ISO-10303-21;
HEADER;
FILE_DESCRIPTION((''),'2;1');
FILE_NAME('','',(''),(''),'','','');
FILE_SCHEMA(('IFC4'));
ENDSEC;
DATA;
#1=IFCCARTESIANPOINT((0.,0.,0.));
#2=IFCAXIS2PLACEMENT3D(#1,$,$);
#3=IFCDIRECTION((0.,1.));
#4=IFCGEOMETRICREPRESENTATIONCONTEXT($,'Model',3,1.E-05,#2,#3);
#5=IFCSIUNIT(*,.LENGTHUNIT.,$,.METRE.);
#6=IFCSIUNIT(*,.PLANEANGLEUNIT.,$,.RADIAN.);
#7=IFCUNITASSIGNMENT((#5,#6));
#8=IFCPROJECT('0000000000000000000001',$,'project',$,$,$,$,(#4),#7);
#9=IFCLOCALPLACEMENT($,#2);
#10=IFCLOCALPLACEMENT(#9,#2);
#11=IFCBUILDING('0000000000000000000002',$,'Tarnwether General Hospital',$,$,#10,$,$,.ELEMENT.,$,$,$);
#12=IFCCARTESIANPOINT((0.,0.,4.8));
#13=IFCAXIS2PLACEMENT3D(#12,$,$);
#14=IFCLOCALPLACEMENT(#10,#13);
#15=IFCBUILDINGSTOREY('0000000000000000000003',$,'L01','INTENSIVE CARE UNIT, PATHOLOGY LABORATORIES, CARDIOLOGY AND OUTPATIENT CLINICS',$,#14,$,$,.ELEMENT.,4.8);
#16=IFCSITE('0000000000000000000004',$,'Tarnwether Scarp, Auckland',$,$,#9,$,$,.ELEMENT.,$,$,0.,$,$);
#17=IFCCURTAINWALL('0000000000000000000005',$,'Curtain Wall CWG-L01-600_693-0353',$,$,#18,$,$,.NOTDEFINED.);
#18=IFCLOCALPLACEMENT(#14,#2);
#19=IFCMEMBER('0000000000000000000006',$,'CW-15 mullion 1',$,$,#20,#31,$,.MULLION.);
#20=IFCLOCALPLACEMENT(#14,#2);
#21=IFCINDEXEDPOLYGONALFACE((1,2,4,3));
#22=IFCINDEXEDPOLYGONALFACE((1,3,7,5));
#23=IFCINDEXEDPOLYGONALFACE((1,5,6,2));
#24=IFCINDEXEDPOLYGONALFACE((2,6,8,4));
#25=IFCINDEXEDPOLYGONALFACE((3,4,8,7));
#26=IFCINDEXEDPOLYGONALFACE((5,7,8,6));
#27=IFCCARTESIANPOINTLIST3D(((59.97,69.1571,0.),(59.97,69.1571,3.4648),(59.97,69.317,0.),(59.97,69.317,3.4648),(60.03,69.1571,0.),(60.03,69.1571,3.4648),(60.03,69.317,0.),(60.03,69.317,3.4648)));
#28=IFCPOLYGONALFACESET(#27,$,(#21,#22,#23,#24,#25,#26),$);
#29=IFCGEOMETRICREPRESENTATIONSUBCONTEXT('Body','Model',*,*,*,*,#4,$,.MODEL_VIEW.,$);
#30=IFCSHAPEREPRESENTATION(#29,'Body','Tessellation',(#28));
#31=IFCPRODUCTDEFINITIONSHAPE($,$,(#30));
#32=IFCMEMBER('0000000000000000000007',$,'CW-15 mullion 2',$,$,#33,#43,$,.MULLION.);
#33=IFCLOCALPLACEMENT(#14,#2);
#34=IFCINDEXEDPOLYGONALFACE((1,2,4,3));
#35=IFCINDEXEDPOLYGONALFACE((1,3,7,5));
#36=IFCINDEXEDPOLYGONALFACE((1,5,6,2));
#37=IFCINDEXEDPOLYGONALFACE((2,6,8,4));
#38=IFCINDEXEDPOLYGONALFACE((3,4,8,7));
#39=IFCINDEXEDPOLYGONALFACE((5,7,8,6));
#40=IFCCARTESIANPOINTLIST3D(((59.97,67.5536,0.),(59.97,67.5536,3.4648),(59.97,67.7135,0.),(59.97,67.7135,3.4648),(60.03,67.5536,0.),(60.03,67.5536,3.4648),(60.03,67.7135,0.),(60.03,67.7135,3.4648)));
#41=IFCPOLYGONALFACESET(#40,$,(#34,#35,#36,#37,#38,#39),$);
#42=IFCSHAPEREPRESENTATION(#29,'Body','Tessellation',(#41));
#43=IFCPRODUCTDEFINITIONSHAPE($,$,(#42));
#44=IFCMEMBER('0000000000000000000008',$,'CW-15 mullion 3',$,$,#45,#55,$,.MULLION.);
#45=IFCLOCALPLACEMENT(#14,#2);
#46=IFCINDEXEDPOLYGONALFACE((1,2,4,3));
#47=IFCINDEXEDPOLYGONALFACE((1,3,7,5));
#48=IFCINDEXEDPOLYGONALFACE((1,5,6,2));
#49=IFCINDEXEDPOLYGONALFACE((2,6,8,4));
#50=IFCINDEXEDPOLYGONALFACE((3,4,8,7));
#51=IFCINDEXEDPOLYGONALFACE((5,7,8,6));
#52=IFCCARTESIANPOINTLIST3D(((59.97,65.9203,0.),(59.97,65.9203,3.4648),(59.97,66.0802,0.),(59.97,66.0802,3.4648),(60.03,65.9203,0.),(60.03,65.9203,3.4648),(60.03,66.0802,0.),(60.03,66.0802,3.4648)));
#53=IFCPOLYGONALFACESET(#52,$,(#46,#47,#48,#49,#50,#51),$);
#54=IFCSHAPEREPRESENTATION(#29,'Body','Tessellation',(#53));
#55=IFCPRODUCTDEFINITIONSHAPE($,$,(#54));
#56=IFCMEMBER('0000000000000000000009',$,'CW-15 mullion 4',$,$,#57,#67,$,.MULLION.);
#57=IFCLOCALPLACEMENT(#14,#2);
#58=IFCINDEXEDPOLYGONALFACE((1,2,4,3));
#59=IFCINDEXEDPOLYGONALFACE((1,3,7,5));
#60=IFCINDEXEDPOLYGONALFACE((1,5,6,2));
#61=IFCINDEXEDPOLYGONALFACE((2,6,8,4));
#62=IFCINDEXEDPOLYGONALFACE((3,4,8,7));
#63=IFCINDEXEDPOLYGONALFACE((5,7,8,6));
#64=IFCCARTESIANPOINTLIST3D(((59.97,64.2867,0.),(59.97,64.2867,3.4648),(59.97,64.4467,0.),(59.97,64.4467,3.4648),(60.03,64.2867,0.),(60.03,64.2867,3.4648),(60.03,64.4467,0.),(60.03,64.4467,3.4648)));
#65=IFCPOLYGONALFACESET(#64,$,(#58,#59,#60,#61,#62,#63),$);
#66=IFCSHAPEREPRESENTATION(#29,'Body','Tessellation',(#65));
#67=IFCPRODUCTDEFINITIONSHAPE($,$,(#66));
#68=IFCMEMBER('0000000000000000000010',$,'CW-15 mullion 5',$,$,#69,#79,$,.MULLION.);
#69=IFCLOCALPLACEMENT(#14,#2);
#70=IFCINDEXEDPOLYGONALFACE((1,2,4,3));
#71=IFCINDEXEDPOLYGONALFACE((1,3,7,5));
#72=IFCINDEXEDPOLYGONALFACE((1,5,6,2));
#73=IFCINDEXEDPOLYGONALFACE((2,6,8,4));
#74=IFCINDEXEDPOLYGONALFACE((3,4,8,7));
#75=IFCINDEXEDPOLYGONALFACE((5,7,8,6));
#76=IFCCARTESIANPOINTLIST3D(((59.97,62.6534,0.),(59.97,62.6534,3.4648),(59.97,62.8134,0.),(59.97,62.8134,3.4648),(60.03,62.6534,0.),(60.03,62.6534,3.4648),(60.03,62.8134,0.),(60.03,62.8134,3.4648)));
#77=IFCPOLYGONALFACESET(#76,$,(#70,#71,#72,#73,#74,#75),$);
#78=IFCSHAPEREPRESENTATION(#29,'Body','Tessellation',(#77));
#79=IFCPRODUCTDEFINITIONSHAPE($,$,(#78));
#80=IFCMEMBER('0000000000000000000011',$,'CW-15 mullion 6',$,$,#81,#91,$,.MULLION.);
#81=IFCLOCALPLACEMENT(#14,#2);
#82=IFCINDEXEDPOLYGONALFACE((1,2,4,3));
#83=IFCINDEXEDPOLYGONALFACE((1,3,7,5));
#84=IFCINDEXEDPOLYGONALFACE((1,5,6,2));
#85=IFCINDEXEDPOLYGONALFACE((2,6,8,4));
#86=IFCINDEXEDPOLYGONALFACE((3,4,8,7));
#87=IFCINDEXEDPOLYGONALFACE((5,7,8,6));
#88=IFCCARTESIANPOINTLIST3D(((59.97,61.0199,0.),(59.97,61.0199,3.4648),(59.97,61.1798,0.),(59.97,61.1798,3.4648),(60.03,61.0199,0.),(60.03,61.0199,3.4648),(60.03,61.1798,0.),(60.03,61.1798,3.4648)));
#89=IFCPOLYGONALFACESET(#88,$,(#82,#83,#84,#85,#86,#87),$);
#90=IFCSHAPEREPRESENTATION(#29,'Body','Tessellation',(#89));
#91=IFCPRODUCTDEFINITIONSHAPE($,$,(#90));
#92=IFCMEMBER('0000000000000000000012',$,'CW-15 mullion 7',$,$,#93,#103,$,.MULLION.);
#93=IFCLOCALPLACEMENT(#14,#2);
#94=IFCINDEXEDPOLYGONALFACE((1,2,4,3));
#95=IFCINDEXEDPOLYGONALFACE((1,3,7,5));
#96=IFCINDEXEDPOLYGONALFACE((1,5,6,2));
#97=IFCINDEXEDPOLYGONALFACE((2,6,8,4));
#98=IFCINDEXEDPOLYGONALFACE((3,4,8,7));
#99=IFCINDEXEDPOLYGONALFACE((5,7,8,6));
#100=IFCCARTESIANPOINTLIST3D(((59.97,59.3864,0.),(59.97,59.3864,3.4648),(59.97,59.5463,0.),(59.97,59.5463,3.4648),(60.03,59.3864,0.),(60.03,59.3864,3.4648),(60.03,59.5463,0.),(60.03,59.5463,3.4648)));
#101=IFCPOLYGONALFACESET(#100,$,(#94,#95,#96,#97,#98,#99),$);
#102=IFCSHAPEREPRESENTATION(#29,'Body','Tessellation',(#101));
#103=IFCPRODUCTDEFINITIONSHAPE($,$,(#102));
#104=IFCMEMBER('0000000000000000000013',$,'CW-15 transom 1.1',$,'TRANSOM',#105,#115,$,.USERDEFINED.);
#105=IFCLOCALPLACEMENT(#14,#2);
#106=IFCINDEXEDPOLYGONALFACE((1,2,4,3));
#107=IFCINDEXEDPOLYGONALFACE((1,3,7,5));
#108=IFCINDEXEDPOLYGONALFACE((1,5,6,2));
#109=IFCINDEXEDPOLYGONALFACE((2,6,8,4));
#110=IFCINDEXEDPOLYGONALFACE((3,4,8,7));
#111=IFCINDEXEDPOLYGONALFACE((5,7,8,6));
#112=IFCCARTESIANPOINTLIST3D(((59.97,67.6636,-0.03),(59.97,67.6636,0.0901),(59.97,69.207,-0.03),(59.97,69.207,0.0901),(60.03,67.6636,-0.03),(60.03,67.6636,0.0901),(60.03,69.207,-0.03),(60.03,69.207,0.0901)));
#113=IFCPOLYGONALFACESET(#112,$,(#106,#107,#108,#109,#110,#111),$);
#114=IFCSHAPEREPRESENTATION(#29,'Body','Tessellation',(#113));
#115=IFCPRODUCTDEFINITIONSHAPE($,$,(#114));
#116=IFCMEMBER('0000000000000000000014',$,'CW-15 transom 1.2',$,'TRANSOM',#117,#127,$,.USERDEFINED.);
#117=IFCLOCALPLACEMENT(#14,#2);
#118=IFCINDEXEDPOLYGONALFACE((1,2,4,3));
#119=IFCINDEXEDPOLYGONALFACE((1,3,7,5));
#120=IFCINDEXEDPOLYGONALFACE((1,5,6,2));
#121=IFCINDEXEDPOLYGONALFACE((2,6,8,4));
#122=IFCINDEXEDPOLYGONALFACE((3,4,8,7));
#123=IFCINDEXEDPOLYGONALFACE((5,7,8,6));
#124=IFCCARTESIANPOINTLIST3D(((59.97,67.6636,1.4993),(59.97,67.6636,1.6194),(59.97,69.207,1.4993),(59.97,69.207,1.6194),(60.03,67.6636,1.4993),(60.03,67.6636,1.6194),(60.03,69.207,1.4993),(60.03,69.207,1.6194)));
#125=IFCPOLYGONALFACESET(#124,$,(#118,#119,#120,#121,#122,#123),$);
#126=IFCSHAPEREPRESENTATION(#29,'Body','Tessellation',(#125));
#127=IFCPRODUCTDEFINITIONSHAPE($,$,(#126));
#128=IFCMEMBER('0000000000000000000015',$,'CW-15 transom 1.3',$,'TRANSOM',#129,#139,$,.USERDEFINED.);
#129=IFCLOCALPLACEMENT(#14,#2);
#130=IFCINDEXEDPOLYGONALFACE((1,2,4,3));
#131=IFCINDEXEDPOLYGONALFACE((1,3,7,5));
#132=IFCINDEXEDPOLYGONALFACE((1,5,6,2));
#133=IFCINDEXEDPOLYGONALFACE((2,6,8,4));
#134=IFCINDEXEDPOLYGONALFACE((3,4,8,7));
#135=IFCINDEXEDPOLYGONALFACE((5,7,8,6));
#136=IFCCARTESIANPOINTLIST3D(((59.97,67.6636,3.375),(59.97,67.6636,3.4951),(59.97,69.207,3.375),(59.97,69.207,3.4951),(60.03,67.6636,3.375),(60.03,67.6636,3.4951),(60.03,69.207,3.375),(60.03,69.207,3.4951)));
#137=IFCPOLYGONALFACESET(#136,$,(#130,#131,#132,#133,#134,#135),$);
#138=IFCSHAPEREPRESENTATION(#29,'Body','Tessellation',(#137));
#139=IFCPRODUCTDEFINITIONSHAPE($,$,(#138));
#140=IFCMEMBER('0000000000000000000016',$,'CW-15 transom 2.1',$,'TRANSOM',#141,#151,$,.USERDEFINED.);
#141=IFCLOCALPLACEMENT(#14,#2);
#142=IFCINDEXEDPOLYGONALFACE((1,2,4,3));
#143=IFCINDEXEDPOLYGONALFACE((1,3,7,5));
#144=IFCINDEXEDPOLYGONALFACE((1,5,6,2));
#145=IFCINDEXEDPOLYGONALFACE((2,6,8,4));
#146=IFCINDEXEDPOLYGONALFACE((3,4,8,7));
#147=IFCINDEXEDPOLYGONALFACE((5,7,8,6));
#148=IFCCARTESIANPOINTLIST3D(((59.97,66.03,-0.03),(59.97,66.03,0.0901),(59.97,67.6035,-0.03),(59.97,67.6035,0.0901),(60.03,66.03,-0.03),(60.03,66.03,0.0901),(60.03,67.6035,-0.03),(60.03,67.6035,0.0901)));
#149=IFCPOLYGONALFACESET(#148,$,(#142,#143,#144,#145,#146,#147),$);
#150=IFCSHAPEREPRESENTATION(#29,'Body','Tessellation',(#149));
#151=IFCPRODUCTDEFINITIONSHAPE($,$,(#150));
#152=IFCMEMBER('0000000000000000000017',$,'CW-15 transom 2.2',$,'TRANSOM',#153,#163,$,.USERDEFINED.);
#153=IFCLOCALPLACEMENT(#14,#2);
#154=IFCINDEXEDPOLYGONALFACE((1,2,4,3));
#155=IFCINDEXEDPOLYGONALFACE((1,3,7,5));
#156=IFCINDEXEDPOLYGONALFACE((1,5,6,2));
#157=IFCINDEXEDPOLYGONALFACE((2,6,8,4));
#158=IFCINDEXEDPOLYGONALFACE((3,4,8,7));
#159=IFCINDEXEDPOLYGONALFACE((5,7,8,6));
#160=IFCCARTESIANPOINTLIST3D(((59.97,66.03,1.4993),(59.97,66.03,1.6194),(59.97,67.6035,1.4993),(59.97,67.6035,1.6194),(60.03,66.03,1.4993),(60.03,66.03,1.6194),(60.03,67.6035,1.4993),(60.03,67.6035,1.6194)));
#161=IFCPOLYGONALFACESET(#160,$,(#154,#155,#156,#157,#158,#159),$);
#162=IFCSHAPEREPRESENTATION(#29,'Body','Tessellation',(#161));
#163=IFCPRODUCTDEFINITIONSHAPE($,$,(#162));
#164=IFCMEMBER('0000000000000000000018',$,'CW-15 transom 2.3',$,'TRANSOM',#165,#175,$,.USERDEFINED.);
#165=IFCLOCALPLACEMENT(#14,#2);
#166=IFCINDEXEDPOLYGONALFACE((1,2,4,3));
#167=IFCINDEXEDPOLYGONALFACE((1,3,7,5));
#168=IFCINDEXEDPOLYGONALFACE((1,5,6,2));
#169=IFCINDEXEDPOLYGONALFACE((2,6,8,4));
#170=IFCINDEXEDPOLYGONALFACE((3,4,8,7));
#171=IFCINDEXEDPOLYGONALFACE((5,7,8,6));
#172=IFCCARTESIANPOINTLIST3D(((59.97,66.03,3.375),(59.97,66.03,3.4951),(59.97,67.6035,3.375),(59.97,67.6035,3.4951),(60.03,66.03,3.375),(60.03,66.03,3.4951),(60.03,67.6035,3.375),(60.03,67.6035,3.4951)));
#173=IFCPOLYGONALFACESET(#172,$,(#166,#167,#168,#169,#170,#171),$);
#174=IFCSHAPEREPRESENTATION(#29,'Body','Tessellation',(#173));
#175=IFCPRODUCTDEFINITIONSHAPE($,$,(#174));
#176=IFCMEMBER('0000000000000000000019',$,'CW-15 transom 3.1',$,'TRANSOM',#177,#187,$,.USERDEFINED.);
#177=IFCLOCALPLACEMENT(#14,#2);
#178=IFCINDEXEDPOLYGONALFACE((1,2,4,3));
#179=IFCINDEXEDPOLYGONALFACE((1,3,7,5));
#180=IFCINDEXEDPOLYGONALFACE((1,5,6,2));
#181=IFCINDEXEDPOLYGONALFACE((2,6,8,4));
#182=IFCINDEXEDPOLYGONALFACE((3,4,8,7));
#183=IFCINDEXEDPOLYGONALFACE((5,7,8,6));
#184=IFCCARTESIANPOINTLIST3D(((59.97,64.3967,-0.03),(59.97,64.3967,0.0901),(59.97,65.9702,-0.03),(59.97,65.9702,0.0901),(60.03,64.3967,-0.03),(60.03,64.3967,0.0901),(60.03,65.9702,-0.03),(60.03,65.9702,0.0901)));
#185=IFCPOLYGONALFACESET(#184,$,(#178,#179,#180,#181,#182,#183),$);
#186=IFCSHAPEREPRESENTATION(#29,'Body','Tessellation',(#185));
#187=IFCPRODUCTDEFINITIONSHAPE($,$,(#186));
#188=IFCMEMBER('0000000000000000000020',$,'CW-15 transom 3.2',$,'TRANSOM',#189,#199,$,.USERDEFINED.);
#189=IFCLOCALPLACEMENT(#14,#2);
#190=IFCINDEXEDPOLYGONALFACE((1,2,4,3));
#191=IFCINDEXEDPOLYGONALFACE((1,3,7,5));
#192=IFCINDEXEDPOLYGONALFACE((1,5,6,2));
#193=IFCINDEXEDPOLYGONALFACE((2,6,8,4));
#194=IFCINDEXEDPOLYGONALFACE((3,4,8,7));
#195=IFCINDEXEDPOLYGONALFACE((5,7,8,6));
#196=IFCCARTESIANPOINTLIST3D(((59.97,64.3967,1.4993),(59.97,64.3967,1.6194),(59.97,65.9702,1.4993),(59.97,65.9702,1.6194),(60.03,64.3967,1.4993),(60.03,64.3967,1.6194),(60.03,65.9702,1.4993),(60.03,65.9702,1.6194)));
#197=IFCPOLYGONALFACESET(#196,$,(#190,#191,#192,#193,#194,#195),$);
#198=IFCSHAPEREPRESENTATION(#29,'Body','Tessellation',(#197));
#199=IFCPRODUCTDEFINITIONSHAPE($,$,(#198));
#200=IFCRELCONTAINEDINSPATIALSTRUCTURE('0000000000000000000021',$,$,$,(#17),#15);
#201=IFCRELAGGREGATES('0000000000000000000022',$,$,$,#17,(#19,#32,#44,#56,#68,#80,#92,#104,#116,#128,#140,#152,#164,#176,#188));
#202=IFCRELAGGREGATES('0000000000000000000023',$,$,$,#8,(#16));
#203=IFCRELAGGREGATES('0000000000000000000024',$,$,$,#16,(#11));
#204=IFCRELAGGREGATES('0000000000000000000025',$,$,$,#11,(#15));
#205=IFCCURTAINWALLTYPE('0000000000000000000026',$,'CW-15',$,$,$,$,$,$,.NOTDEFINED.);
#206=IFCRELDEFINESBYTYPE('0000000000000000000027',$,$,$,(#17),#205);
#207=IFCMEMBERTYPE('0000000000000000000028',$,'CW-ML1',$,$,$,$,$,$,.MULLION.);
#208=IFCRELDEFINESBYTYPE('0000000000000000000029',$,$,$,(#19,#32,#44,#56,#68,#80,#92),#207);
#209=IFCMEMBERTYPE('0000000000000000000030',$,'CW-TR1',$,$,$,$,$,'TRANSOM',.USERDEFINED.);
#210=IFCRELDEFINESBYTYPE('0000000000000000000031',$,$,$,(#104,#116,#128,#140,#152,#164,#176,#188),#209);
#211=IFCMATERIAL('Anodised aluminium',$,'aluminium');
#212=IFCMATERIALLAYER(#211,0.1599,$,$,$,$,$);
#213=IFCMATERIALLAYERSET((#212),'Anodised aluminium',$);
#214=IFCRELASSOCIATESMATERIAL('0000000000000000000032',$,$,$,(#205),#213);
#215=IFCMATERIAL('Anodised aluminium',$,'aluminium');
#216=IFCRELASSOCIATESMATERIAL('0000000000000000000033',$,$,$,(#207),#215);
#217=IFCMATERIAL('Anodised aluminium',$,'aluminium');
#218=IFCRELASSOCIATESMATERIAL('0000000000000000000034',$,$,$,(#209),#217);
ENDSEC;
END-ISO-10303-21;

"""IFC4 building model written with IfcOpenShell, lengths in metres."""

from ifc_helpers import new_model, si_unit, direction, frame, origin, origin_2d, place, context, subcontext, project, spatial, rectangle, extrude, material, layer, layer_set, material_profile, profile_set, type_object, element, aggregate, save


model = new_model("IFC4")

# Units and contexts
model_context = context("Model", 3, precision=1e-05, world=origin(), true_north=direction((0.0, 1.0)))
body_context = subcontext(model_context, "Body", "Model", "MODEL_VIEW")
ifc_project = project(units=[si_unit("LENGTHUNIT", "METRE"), si_unit("PLANEANGLEUNIT", "RADIAN")], contexts=[model_context])

# Site, building, storey
site_placement = place(None, origin())
site = spatial("IfcSite", under=ifc_project, at=site_placement, Name="Tarnwether Scarp, Auckland", CompositionType="ELEMENT", RefElevation=0.0)
building_placement = place(site_placement, origin())
building = spatial("IfcBuilding", under=site, at=building_placement, Name="Tarnwether General Hospital", CompositionType="ELEMENT")
storey_placement = place(building_placement, frame((0.0, 0.0, 4.8)))
storey = spatial("IfcBuildingStorey", under=building, at=storey_placement, Name="L01", Description="INTENSIVE CARE UNIT, PATHOLOGY LABORATORIES, CARDIOLOGY AND OUTPATIENT CLINICS", CompositionType="ELEMENT", Elevation=4.8)

# Curtain wall, members
ifc_material_1 = material(Name="Anodised aluminium", Category="aluminium")
ifc_layer_1 = layer(ifc_material_1, 0.1599)
ifc_layer_set_1 = layer_set([ifc_layer_1], Name="Anodised aluminium")
curtain_wall_type = type_object("IfcCurtainWallType", Name="CW-15", PredefinedType="NOTDEFINED", material=ifc_layer_set_1)
curtain_wall_placement = place(storey_placement, origin())
curtain_wall = element("IfcCurtainWall", 1, at=curtain_wall_placement, inside=storey, type_object=curtain_wall_type, Name="Curtain Wall CWG-L01-600_693-0353", PredefinedType="NOTDEFINED")
ifc_material_2 = material(Name="Anodised aluminium", Category="aluminium")
ifc_material_profile_1 = material_profile(ifc_material_2, rectangle(XDim=0.0601, YDim=0.1599, at=origin_2d()), Name="ALU-MUL-60x160")
ifc_profile_set_1 = profile_set([ifc_material_profile_1], Name="Anodised aluminium")
member_type_1 = type_object("IfcMemberType", Name="CW-ML1", PredefinedType="MULLION", material=ifc_profile_set_1)
member_1_placement = place(storey_placement, frame((60.0, 69.2371, 0.0), z_axis=(0.0, 0.0, 1.0), x_axis=(1.0, 0.0, 0.0)))
member_1 = element("IfcMember", 2, at=member_1_placement, type_object=member_type_1, Name="CW-15 mullion 1", PredefinedType="MULLION", context=body_context, shape_type="SweptSolid", body=[
    extrude(rectangle(XDim=0.0601, YDim=0.1599, at=origin_2d()), origin(), (0.0, 0.0, 1.0), 3.4648),
])
member_2_placement = place(storey_placement, frame((60.0, 67.6335, 0.0), z_axis=(0.0, 0.0, 1.0), x_axis=(1.0, 0.0, 0.0)))
member_2 = element("IfcMember", 3, at=member_2_placement, type_object=member_type_1, Name="CW-15 mullion 2", PredefinedType="MULLION", context=body_context, shape_type="SweptSolid", body=[
    extrude(rectangle(XDim=0.0601, YDim=0.1599, at=origin_2d()), origin(), (0.0, 0.0, 1.0), 3.4648),
])
member_3_placement = place(storey_placement, frame((60.0, 66.0002, 0.0), z_axis=(0.0, 0.0, 1.0), x_axis=(1.0, 0.0, 0.0)))
member_3 = element("IfcMember", 4, at=member_3_placement, type_object=member_type_1, Name="CW-15 mullion 3", PredefinedType="MULLION", context=body_context, shape_type="SweptSolid", body=[
    extrude(rectangle(XDim=0.0601, YDim=0.1599, at=origin_2d()), origin(), (0.0, 0.0, 1.0), 3.4648),
])
member_4_placement = place(storey_placement, frame((60.0, 64.3667, 0.0), z_axis=(0.0, 0.0, 1.0), x_axis=(1.0, 0.0, 0.0)))
member_4 = element("IfcMember", 5, at=member_4_placement, type_object=member_type_1, Name="CW-15 mullion 4", PredefinedType="MULLION", context=body_context, shape_type="SweptSolid", body=[
    extrude(rectangle(XDim=0.0601, YDim=0.1599, at=origin_2d()), origin(), (0.0, 0.0, 1.0), 3.4648),
])
member_5_placement = place(storey_placement, frame((60.0, 62.7334, 0.0), z_axis=(0.0, 0.0, 1.0), x_axis=(1.0, 0.0, 0.0)))
member_5 = element("IfcMember", 6, at=member_5_placement, type_object=member_type_1, Name="CW-15 mullion 5", PredefinedType="MULLION", context=body_context, shape_type="SweptSolid", body=[
    extrude(rectangle(XDim=0.0601, YDim=0.1599, at=origin_2d()), origin(), (0.0, 0.0, 1.0), 3.4648),
])
member_6_placement = place(storey_placement, frame((60.0, 61.0999, 0.0), z_axis=(0.0, 0.0, 1.0), x_axis=(1.0, 0.0, 0.0)))
member_6 = element("IfcMember", 7, at=member_6_placement, type_object=member_type_1, Name="CW-15 mullion 6", PredefinedType="MULLION", context=body_context, shape_type="SweptSolid", body=[
    extrude(rectangle(XDim=0.0601, YDim=0.1599, at=origin_2d()), origin(), (0.0, 0.0, 1.0), 3.4648),
])
member_7_placement = place(storey_placement, frame((60.0, 59.4663, 0.0), z_axis=(0.0, 0.0, 1.0), x_axis=(1.0, 0.0, 0.0)))
member_7 = element("IfcMember", 8, at=member_7_placement, type_object=member_type_1, Name="CW-15 mullion 7", PredefinedType="MULLION", context=body_context, shape_type="SweptSolid", body=[
    extrude(rectangle(XDim=0.0601, YDim=0.1599, at=origin_2d()), origin(), (0.0, 0.0, 1.0), 3.4648),
])
ifc_material_3 = material(Name="Anodised aluminium", Category="aluminium")
ifc_material_profile_2 = material_profile(ifc_material_3, rectangle(XDim=0.0601, YDim=0.1201, at=origin_2d()), Name="ALU-TRN-60x120")
ifc_profile_set_2 = profile_set([ifc_material_profile_2], Name="Anodised aluminium")
member_type_2 = type_object("IfcMemberType", Name="CW-TR1", ElementType="TRANSOM", PredefinedType="USERDEFINED", material=ifc_profile_set_2)
member_8_placement = place(storey_placement, frame((60.0, 69.207, 0.03), z_axis=(0.0, -1.0, 0.0), x_axis=(1.0, 0.0, 0.0)))
member_8 = element("IfcMember", 9, at=member_8_placement, type_object=member_type_2, Name="CW-15 transom 1.1", ObjectType="TRANSOM", PredefinedType="USERDEFINED", context=body_context, shape_type="SweptSolid", body=[
    extrude(rectangle(XDim=0.0601, YDim=0.1201, at=origin_2d()), origin(), (0.0, 0.0, 1.0), 1.5435),
])
member_9_placement = place(storey_placement, frame((60.0, 69.207, 1.5593), z_axis=(0.0, -1.0, 0.0), x_axis=(1.0, 0.0, 0.0)))
member_9 = element("IfcMember", 10, at=member_9_placement, type_object=member_type_2, Name="CW-15 transom 1.2", ObjectType="TRANSOM", PredefinedType="USERDEFINED", context=body_context, shape_type="SweptSolid", body=[
    extrude(rectangle(XDim=0.0601, YDim=0.1201, at=origin_2d()), origin(), (0.0, 0.0, 1.0), 1.5435),
])
member_10_placement = place(storey_placement, frame((60.0, 69.207, 3.4351), z_axis=(0.0, -1.0, 0.0), x_axis=(1.0, 0.0, 0.0)))
member_10 = element("IfcMember", 11, at=member_10_placement, type_object=member_type_2, Name="CW-15 transom 1.3", ObjectType="TRANSOM", PredefinedType="USERDEFINED", context=body_context, shape_type="SweptSolid", body=[
    extrude(rectangle(XDim=0.0601, YDim=0.1201, at=origin_2d()), origin(), (0.0, 0.0, 1.0), 1.5435),
])
member_11_placement = place(storey_placement, frame((60.0, 67.6035, 0.03), z_axis=(0.0, -1.0, 0.0), x_axis=(1.0, 0.0, 0.0)))
member_11 = element("IfcMember", 12, at=member_11_placement, type_object=member_type_2, Name="CW-15 transom 2.1", ObjectType="TRANSOM", PredefinedType="USERDEFINED", context=body_context, shape_type="SweptSolid", body=[
    extrude(rectangle(XDim=0.0601, YDim=0.1201, at=origin_2d()), origin(), (0.0, 0.0, 1.0), 1.5735),
])
member_12_placement = place(storey_placement, frame((60.0, 67.6035, 1.5593), z_axis=(0.0, -1.0, 0.0), x_axis=(1.0, 0.0, 0.0)))
member_12 = element("IfcMember", 13, at=member_12_placement, type_object=member_type_2, Name="CW-15 transom 2.2", ObjectType="TRANSOM", PredefinedType="USERDEFINED", context=body_context, shape_type="SweptSolid", body=[
    extrude(rectangle(XDim=0.0601, YDim=0.1201, at=origin_2d()), origin(), (0.0, 0.0, 1.0), 1.5735),
])
member_13_placement = place(storey_placement, frame((60.0, 67.6035, 3.4351), z_axis=(0.0, -1.0, 0.0), x_axis=(1.0, 0.0, 0.0)))
member_13 = element("IfcMember", 14, at=member_13_placement, type_object=member_type_2, Name="CW-15 transom 2.3", ObjectType="TRANSOM", PredefinedType="USERDEFINED", context=body_context, shape_type="SweptSolid", body=[
    extrude(rectangle(XDim=0.0601, YDim=0.1201, at=origin_2d()), origin(), (0.0, 0.0, 1.0), 1.5735),
])
member_14_placement = place(storey_placement, frame((60.0, 65.9702, 0.03), z_axis=(0.0, -1.0, 0.0), x_axis=(1.0, 0.0, 0.0)))
member_14 = element("IfcMember", 15, at=member_14_placement, type_object=member_type_2, Name="CW-15 transom 3.1", ObjectType="TRANSOM", PredefinedType="USERDEFINED", context=body_context, shape_type="SweptSolid", body=[
    extrude(rectangle(XDim=0.0601, YDim=0.1201, at=origin_2d()), origin(), (0.0, 0.0, 1.0), 1.5735),
])
member_15_placement = place(storey_placement, frame((60.0, 65.9702, 1.5593), z_axis=(0.0, -1.0, 0.0), x_axis=(1.0, 0.0, 0.0)))
member_15 = element("IfcMember", 16, at=member_15_placement, type_object=member_type_2, Name="CW-15 transom 3.2", ObjectType="TRANSOM", PredefinedType="USERDEFINED", context=body_context, shape_type="SweptSolid", body=[
    extrude(rectangle(XDim=0.0601, YDim=0.1201, at=origin_2d()), origin(), (0.0, 0.0, 1.0), 1.5735),
])
aggregate(curtain_wall, [member_1, member_2, member_3, member_4, member_5, member_6, member_7, member_8, member_9, member_10, member_11, member_12, member_13, member_14, member_15])

save(model, "model.ifc")
